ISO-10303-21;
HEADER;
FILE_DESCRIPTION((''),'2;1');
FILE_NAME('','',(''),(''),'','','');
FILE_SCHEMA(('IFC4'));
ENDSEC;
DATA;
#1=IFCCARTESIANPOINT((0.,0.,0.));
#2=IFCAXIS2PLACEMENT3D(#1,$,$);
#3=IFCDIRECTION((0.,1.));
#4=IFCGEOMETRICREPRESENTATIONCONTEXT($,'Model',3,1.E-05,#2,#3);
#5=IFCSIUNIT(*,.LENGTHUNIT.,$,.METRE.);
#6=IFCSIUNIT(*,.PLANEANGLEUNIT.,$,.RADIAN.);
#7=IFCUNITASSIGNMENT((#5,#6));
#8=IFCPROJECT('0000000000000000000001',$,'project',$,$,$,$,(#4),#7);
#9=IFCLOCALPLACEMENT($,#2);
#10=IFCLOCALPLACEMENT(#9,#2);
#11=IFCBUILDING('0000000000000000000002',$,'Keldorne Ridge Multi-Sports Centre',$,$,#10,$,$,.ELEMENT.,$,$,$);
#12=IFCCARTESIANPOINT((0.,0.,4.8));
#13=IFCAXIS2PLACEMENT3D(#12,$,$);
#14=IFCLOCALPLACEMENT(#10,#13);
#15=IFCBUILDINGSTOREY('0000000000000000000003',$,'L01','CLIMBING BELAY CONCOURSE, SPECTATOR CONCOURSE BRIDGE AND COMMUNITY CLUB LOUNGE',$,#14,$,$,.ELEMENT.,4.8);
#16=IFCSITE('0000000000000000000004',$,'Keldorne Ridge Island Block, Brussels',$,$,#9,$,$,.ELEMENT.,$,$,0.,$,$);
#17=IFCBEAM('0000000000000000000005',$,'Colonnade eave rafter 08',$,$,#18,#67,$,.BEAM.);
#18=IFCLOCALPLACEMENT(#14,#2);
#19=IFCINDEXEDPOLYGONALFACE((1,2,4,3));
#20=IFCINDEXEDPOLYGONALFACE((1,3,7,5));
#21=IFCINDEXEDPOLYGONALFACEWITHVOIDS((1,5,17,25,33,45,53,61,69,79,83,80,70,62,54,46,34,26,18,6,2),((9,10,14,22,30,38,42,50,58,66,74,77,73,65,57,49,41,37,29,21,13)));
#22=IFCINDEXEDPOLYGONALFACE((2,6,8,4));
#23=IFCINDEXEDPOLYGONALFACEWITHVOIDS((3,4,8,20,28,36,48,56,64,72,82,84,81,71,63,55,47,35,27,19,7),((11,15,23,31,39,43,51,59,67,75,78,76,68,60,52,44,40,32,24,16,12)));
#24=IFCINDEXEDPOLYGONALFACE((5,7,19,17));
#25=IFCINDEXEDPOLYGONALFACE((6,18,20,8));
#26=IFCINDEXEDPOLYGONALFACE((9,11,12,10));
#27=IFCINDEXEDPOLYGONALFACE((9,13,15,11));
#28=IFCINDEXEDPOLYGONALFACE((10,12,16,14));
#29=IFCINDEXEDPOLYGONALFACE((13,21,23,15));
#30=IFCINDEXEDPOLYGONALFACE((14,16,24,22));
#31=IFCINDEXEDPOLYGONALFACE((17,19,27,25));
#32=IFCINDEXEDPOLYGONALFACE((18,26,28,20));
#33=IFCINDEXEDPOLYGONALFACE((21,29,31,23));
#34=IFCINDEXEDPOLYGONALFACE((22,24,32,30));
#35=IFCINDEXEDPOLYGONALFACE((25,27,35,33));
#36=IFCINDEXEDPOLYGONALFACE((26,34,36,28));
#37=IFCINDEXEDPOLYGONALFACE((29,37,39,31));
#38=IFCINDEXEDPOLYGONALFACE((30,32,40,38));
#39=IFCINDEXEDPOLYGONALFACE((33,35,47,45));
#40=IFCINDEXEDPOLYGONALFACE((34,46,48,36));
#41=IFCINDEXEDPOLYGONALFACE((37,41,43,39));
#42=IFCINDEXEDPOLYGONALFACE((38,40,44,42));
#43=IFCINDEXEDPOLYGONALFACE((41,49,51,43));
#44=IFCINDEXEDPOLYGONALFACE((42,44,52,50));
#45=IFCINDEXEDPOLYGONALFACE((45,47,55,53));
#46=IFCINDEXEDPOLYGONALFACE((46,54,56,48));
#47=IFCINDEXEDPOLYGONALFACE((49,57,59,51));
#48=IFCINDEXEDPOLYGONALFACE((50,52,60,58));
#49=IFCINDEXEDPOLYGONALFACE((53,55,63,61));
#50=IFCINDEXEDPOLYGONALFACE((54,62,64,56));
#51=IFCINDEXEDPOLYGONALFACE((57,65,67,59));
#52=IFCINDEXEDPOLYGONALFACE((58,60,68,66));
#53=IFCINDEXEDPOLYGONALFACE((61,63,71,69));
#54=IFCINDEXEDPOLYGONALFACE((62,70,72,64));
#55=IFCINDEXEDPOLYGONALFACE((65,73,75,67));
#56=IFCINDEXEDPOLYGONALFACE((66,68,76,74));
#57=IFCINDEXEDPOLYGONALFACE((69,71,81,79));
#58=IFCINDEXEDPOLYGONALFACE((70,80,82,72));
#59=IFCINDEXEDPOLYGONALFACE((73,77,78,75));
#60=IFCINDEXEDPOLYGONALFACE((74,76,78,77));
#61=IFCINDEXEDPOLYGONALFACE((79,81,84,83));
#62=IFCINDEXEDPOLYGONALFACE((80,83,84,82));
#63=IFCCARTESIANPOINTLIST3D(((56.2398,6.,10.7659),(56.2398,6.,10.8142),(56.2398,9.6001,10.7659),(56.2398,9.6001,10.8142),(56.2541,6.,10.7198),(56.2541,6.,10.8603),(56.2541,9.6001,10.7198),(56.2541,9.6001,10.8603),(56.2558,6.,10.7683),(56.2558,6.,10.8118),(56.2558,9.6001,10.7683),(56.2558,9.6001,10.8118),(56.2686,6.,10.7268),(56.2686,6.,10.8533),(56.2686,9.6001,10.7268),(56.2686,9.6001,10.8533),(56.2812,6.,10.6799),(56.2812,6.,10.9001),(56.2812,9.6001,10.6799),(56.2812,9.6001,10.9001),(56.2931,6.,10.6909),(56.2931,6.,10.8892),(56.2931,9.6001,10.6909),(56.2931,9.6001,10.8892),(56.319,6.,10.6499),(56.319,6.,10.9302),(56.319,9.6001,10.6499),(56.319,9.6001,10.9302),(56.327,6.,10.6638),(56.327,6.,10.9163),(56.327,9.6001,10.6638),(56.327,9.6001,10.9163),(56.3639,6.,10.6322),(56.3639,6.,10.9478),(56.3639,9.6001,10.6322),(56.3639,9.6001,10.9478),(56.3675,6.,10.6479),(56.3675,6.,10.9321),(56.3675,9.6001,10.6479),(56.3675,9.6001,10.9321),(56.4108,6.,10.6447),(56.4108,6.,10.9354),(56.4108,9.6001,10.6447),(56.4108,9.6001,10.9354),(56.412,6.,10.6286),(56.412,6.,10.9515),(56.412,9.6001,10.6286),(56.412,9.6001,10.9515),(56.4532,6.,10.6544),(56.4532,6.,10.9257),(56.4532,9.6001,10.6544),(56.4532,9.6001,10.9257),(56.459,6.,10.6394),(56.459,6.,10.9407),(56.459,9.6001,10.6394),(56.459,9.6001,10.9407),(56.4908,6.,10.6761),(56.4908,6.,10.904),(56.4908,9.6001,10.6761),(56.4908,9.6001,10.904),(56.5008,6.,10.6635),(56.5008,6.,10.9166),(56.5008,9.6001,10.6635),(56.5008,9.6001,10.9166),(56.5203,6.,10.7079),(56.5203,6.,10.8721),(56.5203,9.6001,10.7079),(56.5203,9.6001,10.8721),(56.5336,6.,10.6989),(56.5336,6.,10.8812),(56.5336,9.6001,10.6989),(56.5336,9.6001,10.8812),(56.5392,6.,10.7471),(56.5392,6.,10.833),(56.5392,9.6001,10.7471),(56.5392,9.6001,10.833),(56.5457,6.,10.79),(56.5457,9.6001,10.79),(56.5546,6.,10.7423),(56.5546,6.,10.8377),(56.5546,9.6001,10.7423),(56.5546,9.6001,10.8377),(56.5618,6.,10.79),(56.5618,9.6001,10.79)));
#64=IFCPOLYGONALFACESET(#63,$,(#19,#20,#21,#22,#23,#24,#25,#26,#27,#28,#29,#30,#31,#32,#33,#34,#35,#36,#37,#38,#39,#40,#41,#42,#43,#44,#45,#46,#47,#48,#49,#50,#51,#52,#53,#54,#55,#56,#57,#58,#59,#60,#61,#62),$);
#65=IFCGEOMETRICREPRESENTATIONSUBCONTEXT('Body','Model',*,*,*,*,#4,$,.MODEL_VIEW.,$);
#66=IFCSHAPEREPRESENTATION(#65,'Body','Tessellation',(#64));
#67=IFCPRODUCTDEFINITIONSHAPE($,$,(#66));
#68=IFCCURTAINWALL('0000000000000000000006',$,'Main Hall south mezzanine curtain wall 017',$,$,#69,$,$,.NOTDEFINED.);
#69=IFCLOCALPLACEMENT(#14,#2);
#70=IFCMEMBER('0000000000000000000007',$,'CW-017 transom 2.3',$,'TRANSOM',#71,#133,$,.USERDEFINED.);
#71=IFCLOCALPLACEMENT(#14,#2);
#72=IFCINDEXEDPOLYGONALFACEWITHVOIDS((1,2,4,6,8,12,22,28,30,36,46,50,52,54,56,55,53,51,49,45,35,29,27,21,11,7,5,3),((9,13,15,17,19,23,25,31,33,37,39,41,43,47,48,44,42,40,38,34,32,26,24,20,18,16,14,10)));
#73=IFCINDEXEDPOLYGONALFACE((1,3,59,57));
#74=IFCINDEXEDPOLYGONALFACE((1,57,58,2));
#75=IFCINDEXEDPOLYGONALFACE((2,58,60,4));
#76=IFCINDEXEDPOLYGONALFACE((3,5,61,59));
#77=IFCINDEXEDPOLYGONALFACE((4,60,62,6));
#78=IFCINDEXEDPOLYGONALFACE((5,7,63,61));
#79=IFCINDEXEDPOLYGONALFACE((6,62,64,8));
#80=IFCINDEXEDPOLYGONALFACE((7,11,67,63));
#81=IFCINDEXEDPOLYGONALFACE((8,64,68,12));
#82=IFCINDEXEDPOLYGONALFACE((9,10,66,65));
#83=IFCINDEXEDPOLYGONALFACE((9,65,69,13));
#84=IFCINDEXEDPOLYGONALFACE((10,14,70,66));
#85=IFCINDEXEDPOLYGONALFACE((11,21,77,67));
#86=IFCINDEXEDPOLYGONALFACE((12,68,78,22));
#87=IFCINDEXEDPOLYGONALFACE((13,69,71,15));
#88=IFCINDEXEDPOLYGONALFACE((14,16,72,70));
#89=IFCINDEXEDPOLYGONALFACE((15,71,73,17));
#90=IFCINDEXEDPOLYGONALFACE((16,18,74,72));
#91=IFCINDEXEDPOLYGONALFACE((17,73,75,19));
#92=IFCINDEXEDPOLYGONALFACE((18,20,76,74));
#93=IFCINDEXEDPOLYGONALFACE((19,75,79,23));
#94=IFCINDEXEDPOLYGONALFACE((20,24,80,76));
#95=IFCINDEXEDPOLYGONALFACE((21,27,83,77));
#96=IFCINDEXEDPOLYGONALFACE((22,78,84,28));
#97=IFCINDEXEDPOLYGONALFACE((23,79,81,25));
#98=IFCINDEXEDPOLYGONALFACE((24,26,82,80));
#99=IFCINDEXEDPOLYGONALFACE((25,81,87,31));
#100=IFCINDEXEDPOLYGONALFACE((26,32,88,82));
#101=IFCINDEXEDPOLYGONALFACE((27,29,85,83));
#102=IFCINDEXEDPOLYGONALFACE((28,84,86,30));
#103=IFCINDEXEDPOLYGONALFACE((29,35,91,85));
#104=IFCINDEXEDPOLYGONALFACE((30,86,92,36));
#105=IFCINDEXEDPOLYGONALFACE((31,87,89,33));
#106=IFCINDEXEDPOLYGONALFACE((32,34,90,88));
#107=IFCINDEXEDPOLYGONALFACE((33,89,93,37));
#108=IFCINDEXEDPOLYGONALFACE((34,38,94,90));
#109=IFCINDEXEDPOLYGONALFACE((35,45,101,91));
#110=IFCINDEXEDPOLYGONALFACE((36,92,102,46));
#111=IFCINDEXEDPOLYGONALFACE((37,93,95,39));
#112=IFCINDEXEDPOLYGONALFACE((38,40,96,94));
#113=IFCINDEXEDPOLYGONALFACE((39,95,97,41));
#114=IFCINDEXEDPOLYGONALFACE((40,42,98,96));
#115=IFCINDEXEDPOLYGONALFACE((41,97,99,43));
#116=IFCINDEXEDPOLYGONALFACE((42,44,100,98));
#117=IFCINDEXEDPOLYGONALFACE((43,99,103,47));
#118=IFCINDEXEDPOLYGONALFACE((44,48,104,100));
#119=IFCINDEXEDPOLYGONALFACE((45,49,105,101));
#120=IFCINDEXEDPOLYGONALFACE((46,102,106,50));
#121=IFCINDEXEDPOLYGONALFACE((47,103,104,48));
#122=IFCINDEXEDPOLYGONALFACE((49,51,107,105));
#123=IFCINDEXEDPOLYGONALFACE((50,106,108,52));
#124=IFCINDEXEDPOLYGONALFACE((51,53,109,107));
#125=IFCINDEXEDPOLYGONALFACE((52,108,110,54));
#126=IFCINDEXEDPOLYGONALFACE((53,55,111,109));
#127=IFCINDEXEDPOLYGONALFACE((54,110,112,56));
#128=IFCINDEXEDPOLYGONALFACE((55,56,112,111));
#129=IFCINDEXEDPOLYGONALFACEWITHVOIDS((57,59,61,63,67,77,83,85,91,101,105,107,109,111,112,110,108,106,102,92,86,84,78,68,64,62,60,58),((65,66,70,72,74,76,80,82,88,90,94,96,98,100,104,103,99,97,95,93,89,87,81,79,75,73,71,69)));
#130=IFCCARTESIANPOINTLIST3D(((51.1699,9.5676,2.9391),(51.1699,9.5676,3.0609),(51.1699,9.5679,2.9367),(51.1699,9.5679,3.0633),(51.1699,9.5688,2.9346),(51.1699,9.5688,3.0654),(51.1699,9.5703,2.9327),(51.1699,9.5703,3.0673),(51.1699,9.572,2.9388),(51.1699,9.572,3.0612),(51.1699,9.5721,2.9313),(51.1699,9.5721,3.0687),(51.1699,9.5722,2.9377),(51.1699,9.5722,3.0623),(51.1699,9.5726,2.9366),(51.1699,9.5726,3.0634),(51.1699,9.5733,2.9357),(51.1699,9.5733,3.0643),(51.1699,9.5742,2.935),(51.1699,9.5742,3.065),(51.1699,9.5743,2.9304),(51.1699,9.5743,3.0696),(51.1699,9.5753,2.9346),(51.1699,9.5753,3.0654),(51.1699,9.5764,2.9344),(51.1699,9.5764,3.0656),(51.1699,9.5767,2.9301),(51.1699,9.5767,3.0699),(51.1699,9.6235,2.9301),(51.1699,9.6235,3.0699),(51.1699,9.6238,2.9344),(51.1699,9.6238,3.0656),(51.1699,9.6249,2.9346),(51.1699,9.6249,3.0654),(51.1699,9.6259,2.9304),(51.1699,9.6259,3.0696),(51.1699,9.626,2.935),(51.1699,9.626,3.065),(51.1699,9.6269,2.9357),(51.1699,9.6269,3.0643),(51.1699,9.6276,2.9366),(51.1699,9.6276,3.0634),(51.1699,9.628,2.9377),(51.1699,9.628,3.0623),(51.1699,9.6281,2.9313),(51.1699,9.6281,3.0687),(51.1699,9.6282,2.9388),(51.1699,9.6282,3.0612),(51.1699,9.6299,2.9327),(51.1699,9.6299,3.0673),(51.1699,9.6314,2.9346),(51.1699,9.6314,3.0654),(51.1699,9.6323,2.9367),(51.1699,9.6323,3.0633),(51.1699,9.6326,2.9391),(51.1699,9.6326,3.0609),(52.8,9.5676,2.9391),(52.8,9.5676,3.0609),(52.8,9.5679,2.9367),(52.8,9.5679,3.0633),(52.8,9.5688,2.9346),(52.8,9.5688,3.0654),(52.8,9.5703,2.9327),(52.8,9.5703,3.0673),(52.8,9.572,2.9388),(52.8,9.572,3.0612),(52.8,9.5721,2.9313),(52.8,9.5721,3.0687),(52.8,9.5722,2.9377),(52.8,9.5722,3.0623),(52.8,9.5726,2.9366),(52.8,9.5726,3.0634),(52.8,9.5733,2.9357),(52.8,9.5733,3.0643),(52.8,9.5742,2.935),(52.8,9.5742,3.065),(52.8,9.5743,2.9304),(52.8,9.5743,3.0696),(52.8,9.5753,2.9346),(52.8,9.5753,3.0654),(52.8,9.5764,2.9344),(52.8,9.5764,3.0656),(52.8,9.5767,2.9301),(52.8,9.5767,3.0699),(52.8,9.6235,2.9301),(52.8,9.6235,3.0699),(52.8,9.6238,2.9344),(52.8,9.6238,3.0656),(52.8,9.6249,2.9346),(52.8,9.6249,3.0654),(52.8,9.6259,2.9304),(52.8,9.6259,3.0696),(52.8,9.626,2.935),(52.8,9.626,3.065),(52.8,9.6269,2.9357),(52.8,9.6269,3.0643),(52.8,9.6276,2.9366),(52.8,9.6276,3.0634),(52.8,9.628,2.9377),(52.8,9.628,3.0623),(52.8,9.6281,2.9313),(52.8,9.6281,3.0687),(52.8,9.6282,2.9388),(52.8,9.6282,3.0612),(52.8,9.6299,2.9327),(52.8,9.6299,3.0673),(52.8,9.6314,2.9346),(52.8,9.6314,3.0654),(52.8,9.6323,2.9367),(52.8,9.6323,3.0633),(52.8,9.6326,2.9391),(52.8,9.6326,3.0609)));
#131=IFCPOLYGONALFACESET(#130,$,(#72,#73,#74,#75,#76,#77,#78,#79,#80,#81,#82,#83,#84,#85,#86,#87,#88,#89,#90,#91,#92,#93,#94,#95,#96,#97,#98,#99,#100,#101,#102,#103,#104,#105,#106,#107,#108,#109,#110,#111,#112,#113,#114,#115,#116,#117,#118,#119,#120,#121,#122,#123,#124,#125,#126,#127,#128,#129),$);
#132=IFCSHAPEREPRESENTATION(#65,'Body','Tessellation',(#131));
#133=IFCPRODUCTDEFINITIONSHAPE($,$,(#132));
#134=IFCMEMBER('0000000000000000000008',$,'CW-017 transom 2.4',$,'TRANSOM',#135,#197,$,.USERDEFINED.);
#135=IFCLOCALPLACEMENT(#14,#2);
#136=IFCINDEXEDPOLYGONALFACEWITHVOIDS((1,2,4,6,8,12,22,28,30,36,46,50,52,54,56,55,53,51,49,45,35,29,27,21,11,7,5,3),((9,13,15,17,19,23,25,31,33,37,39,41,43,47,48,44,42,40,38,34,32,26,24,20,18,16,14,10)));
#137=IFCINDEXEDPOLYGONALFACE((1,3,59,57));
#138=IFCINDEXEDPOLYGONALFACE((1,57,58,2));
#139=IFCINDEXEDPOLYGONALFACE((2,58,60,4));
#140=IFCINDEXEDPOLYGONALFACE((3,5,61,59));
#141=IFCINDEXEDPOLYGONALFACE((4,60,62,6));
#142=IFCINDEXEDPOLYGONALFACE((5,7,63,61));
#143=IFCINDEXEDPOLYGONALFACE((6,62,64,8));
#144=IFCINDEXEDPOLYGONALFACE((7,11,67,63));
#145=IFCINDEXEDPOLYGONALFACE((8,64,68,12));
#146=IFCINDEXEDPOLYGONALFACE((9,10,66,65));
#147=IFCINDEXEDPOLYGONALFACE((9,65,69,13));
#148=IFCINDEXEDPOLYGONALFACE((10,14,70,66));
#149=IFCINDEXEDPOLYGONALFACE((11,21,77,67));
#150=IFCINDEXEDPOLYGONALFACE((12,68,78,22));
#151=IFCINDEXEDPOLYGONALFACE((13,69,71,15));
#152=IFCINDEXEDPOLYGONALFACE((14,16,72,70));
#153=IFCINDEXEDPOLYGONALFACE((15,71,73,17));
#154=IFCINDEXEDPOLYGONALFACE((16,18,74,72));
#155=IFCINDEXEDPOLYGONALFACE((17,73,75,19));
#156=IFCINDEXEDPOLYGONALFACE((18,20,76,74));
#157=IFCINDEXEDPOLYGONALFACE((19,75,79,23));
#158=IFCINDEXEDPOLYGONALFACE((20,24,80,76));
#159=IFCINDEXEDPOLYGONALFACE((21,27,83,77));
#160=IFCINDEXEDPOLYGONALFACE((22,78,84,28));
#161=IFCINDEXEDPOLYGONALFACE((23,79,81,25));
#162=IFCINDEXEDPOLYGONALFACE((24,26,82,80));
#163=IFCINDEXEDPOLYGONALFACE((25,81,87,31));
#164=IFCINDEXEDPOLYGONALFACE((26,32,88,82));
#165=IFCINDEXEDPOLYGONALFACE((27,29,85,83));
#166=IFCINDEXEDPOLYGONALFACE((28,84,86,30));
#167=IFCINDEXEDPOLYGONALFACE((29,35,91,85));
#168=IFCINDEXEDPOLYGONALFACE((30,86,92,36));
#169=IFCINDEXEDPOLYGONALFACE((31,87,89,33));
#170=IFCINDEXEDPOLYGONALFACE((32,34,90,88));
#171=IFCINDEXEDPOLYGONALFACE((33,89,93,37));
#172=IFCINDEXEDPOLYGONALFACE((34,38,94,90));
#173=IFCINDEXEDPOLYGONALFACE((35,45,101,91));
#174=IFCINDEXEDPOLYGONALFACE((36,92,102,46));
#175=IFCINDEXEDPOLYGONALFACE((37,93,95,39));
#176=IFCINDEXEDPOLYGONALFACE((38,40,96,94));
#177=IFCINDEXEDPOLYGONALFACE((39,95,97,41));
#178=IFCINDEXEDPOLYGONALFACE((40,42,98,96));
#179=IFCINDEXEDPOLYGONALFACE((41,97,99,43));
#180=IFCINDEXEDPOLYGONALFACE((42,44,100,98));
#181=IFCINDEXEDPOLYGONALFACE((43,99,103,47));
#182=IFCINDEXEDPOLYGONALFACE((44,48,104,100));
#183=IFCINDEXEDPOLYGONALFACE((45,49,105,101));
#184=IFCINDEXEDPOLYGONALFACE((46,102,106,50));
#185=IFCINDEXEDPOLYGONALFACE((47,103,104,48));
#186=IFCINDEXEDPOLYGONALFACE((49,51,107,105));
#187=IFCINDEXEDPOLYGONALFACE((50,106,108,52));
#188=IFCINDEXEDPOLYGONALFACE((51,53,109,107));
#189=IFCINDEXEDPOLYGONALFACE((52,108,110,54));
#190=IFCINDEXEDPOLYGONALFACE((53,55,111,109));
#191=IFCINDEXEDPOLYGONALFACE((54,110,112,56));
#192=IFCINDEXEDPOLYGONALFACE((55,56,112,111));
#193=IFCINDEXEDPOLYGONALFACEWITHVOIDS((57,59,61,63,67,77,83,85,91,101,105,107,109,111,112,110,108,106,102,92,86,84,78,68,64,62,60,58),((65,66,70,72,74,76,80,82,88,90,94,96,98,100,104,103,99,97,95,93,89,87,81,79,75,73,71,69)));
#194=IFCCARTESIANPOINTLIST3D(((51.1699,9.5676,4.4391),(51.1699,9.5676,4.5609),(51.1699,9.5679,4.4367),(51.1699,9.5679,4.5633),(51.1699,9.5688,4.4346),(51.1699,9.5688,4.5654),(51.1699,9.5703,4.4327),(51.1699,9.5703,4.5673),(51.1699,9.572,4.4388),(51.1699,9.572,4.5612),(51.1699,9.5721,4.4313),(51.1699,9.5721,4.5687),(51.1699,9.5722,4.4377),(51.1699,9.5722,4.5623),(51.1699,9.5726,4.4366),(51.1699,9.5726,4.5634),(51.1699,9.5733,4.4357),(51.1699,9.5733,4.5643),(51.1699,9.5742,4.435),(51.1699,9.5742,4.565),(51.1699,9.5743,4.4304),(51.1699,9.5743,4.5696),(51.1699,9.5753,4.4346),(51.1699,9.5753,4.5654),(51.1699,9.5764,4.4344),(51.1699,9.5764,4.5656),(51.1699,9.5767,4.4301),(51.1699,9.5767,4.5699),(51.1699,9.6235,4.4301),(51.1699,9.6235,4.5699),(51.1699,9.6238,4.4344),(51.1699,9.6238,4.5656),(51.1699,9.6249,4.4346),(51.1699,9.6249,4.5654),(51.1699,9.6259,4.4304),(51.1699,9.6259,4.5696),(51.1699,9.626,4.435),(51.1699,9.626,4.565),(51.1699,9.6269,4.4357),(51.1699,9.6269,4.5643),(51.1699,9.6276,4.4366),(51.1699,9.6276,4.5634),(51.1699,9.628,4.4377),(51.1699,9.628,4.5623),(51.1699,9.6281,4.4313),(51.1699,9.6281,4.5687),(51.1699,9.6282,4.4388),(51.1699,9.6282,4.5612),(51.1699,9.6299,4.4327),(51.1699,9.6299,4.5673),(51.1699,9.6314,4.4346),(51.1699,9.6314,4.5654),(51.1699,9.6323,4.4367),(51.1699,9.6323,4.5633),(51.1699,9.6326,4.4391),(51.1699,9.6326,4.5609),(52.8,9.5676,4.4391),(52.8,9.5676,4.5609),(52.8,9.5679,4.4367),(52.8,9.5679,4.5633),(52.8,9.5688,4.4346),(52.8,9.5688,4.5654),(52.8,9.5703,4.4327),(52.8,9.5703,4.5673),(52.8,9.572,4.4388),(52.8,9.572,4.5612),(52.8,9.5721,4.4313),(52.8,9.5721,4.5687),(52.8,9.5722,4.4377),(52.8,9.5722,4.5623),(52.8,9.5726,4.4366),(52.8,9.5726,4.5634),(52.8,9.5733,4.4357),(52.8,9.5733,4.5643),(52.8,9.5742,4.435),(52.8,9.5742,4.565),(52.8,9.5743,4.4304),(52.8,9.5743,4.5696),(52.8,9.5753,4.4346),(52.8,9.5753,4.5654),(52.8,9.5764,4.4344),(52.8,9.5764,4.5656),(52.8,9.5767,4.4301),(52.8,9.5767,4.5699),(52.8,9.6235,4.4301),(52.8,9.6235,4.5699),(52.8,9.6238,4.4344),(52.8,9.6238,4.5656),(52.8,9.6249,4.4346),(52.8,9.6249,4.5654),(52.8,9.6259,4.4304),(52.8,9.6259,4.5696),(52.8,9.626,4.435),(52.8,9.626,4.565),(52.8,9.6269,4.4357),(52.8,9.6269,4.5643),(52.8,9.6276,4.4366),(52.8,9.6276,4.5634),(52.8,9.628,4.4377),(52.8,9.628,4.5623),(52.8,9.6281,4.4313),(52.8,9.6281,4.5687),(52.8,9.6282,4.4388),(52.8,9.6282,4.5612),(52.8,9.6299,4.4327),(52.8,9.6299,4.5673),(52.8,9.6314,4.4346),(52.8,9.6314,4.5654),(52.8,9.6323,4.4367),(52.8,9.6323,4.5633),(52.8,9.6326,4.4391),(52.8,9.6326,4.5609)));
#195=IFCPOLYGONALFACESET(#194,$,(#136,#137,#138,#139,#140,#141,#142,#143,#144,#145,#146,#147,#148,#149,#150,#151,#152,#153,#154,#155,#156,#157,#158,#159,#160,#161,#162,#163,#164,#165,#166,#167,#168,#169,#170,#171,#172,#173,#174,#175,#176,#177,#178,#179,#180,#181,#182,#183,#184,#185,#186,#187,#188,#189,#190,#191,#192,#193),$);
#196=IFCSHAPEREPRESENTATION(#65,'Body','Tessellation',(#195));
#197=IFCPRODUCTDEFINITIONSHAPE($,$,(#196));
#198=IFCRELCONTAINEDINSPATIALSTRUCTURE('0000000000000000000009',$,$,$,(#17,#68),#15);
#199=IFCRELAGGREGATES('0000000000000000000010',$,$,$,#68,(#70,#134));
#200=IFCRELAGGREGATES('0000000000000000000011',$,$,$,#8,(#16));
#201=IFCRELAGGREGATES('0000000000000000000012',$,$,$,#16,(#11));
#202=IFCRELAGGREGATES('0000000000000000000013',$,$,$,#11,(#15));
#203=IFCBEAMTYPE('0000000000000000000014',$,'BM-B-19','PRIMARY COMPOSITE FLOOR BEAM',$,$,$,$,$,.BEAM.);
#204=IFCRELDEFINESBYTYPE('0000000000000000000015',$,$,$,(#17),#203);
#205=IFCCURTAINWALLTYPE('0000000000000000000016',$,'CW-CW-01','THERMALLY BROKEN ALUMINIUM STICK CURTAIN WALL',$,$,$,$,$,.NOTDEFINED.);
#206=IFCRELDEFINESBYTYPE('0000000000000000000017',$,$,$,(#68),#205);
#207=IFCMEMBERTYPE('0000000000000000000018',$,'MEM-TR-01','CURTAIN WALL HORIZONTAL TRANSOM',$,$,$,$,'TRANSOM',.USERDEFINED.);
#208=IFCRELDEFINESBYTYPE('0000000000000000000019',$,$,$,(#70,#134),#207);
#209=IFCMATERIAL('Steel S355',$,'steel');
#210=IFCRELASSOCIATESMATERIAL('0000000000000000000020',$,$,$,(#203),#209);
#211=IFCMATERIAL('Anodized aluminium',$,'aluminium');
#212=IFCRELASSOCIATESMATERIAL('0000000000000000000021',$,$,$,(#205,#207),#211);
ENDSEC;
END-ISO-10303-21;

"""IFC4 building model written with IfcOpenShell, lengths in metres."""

from ifc_helpers import new_model, si_unit, direction, frame, origin, origin_2d, place, context, subcontext, project, spatial, hollow_rectangle, hollow_circle, extrude, material, material_profile, profile_set, type_object, element, aggregate, save


model = new_model("IFC4")

# Units and contexts
model_context = context("Model", 3, precision=1e-05, world=origin(), true_north=direction((0.0, 1.0)))
body_context = subcontext(model_context, "Body", "Model", "MODEL_VIEW")
ifc_project = project(units=[si_unit("LENGTHUNIT", "METRE"), si_unit("PLANEANGLEUNIT", "RADIAN")], contexts=[model_context])

# Site, building, storey
site_placement = place(None, origin())
site = spatial("IfcSite", under=ifc_project, at=site_placement, Name="Keldorne Ridge Island Block, Brussels", CompositionType="ELEMENT", RefElevation=0.0)
building_placement = place(site_placement, origin())
building = spatial("IfcBuilding", under=site, at=building_placement, Name="Keldorne Ridge Multi-Sports Centre", CompositionType="ELEMENT")
storey_placement = place(building_placement, frame((0.0, 0.0, 4.8)))
storey = spatial("IfcBuildingStorey", under=building, at=storey_placement, Name="L01", Description="CLIMBING BELAY CONCOURSE, SPECTATOR CONCOURSE BRIDGE AND COMMUNITY CLUB LOUNGE", CompositionType="ELEMENT", Elevation=4.8)

# Beam
ifc_material_1 = material(Name="Steel S355", Category="steel")
ifc_material_profile_1 = material_profile(ifc_material_1, hollow_circle(Radius=0.1619, WallThickness=0.0161, at=origin_2d()), Name="CHS 323.9x16")
ifc_profile_set_1 = profile_set([ifc_material_profile_1], Name="Steel S355")
beam_type = type_object("IfcBeamType", Name="BM-B-19", Description="PRIMARY COMPOSITE FLOOR BEAM", PredefinedType="BEAM", material=ifc_profile_set_1)
beam_placement = place(storey_placement, frame((56.3999, 9.6001, 10.79), z_axis=(0.0, -1.0, 0.0), x_axis=(1.0, 0.0, 0.0)))
element("IfcBeam", 1, at=beam_placement, inside=storey, type_object=beam_type, Name="Colonnade eave rafter 08", PredefinedType="BEAM", context=body_context, shape_type="SweptSolid", body=[
    extrude(hollow_circle(Radius=0.1619, WallThickness=0.0161, at=origin_2d()), origin(), (0.0, 0.0, 1.0), 3.6001),
])

# Curtain wall, members
ifc_material_2 = material(Name="Anodized aluminium", Category="aluminium")
curtain_wall_type_1 = type_object("IfcCurtainWallType", Name="CW-CW-01", Description="THERMALLY BROKEN ALUMINIUM STICK CURTAIN WALL", PredefinedType="NOTDEFINED", material=ifc_material_2)
curtain_wall_1_placement = place(storey_placement, origin())
curtain_wall_1 = element("IfcCurtainWall", 2, at=curtain_wall_1_placement, inside=storey, type_object=curtain_wall_type_1, Name="Main Hall south mezzanine curtain wall 017", PredefinedType="NOTDEFINED")
ifc_material_profile_2 = material_profile(ifc_material_2, hollow_rectangle(XDim=0.0649, YDim=0.1399, WallThickness=0.0044, InnerFilletRadius=0.0044, OuterFilletRadius=0.009, at=origin_2d()), Name="ALU TRANSOM 140x65x4.5")
ifc_profile_set_2 = profile_set([ifc_material_profile_2], Name="Anodized aluminium")
member_type = type_object("IfcMemberType", Name="MEM-TR-01", Description="CURTAIN WALL HORIZONTAL TRANSOM", ElementType="TRANSOM", PredefinedType="USERDEFINED", material=ifc_profile_set_2)
member_1_placement = place(storey_placement, frame((51.1699, 9.6001, 3.0), z_axis=(1.0, 0.0, 0.0), x_axis=(0.0, 1.0, 0.0)))
member_1 = element("IfcMember", 3, at=member_1_placement, type_object=member_type, Name="CW-017 transom 2.3", ObjectType="TRANSOM", PredefinedType="USERDEFINED", context=body_context, shape_type="SweptSolid", body=[
    extrude(hollow_rectangle(XDim=0.0649, YDim=0.1399, WallThickness=0.0044, InnerFilletRadius=0.0044, OuterFilletRadius=0.009, at=origin_2d()), origin(), (0.0, 0.0, 1.0), 1.6301),
])
member_2_placement = place(storey_placement, frame((51.1699, 9.6001, 4.5), z_axis=(1.0, 0.0, 0.0), x_axis=(0.0, 1.0, 0.0)))
member_2 = element("IfcMember", 4, at=member_2_placement, type_object=member_type, Name="CW-017 transom 2.4", ObjectType="TRANSOM", PredefinedType="USERDEFINED", context=body_context, shape_type="SweptSolid", body=[
    extrude(hollow_rectangle(XDim=0.0649, YDim=0.1399, WallThickness=0.0044, InnerFilletRadius=0.0044, OuterFilletRadius=0.009, at=origin_2d()), origin(), (0.0, 0.0, 1.0), 1.6301),
])

aggregate(curtain_wall_1, [member_1, member_2])

save(model, "model.ifc")
